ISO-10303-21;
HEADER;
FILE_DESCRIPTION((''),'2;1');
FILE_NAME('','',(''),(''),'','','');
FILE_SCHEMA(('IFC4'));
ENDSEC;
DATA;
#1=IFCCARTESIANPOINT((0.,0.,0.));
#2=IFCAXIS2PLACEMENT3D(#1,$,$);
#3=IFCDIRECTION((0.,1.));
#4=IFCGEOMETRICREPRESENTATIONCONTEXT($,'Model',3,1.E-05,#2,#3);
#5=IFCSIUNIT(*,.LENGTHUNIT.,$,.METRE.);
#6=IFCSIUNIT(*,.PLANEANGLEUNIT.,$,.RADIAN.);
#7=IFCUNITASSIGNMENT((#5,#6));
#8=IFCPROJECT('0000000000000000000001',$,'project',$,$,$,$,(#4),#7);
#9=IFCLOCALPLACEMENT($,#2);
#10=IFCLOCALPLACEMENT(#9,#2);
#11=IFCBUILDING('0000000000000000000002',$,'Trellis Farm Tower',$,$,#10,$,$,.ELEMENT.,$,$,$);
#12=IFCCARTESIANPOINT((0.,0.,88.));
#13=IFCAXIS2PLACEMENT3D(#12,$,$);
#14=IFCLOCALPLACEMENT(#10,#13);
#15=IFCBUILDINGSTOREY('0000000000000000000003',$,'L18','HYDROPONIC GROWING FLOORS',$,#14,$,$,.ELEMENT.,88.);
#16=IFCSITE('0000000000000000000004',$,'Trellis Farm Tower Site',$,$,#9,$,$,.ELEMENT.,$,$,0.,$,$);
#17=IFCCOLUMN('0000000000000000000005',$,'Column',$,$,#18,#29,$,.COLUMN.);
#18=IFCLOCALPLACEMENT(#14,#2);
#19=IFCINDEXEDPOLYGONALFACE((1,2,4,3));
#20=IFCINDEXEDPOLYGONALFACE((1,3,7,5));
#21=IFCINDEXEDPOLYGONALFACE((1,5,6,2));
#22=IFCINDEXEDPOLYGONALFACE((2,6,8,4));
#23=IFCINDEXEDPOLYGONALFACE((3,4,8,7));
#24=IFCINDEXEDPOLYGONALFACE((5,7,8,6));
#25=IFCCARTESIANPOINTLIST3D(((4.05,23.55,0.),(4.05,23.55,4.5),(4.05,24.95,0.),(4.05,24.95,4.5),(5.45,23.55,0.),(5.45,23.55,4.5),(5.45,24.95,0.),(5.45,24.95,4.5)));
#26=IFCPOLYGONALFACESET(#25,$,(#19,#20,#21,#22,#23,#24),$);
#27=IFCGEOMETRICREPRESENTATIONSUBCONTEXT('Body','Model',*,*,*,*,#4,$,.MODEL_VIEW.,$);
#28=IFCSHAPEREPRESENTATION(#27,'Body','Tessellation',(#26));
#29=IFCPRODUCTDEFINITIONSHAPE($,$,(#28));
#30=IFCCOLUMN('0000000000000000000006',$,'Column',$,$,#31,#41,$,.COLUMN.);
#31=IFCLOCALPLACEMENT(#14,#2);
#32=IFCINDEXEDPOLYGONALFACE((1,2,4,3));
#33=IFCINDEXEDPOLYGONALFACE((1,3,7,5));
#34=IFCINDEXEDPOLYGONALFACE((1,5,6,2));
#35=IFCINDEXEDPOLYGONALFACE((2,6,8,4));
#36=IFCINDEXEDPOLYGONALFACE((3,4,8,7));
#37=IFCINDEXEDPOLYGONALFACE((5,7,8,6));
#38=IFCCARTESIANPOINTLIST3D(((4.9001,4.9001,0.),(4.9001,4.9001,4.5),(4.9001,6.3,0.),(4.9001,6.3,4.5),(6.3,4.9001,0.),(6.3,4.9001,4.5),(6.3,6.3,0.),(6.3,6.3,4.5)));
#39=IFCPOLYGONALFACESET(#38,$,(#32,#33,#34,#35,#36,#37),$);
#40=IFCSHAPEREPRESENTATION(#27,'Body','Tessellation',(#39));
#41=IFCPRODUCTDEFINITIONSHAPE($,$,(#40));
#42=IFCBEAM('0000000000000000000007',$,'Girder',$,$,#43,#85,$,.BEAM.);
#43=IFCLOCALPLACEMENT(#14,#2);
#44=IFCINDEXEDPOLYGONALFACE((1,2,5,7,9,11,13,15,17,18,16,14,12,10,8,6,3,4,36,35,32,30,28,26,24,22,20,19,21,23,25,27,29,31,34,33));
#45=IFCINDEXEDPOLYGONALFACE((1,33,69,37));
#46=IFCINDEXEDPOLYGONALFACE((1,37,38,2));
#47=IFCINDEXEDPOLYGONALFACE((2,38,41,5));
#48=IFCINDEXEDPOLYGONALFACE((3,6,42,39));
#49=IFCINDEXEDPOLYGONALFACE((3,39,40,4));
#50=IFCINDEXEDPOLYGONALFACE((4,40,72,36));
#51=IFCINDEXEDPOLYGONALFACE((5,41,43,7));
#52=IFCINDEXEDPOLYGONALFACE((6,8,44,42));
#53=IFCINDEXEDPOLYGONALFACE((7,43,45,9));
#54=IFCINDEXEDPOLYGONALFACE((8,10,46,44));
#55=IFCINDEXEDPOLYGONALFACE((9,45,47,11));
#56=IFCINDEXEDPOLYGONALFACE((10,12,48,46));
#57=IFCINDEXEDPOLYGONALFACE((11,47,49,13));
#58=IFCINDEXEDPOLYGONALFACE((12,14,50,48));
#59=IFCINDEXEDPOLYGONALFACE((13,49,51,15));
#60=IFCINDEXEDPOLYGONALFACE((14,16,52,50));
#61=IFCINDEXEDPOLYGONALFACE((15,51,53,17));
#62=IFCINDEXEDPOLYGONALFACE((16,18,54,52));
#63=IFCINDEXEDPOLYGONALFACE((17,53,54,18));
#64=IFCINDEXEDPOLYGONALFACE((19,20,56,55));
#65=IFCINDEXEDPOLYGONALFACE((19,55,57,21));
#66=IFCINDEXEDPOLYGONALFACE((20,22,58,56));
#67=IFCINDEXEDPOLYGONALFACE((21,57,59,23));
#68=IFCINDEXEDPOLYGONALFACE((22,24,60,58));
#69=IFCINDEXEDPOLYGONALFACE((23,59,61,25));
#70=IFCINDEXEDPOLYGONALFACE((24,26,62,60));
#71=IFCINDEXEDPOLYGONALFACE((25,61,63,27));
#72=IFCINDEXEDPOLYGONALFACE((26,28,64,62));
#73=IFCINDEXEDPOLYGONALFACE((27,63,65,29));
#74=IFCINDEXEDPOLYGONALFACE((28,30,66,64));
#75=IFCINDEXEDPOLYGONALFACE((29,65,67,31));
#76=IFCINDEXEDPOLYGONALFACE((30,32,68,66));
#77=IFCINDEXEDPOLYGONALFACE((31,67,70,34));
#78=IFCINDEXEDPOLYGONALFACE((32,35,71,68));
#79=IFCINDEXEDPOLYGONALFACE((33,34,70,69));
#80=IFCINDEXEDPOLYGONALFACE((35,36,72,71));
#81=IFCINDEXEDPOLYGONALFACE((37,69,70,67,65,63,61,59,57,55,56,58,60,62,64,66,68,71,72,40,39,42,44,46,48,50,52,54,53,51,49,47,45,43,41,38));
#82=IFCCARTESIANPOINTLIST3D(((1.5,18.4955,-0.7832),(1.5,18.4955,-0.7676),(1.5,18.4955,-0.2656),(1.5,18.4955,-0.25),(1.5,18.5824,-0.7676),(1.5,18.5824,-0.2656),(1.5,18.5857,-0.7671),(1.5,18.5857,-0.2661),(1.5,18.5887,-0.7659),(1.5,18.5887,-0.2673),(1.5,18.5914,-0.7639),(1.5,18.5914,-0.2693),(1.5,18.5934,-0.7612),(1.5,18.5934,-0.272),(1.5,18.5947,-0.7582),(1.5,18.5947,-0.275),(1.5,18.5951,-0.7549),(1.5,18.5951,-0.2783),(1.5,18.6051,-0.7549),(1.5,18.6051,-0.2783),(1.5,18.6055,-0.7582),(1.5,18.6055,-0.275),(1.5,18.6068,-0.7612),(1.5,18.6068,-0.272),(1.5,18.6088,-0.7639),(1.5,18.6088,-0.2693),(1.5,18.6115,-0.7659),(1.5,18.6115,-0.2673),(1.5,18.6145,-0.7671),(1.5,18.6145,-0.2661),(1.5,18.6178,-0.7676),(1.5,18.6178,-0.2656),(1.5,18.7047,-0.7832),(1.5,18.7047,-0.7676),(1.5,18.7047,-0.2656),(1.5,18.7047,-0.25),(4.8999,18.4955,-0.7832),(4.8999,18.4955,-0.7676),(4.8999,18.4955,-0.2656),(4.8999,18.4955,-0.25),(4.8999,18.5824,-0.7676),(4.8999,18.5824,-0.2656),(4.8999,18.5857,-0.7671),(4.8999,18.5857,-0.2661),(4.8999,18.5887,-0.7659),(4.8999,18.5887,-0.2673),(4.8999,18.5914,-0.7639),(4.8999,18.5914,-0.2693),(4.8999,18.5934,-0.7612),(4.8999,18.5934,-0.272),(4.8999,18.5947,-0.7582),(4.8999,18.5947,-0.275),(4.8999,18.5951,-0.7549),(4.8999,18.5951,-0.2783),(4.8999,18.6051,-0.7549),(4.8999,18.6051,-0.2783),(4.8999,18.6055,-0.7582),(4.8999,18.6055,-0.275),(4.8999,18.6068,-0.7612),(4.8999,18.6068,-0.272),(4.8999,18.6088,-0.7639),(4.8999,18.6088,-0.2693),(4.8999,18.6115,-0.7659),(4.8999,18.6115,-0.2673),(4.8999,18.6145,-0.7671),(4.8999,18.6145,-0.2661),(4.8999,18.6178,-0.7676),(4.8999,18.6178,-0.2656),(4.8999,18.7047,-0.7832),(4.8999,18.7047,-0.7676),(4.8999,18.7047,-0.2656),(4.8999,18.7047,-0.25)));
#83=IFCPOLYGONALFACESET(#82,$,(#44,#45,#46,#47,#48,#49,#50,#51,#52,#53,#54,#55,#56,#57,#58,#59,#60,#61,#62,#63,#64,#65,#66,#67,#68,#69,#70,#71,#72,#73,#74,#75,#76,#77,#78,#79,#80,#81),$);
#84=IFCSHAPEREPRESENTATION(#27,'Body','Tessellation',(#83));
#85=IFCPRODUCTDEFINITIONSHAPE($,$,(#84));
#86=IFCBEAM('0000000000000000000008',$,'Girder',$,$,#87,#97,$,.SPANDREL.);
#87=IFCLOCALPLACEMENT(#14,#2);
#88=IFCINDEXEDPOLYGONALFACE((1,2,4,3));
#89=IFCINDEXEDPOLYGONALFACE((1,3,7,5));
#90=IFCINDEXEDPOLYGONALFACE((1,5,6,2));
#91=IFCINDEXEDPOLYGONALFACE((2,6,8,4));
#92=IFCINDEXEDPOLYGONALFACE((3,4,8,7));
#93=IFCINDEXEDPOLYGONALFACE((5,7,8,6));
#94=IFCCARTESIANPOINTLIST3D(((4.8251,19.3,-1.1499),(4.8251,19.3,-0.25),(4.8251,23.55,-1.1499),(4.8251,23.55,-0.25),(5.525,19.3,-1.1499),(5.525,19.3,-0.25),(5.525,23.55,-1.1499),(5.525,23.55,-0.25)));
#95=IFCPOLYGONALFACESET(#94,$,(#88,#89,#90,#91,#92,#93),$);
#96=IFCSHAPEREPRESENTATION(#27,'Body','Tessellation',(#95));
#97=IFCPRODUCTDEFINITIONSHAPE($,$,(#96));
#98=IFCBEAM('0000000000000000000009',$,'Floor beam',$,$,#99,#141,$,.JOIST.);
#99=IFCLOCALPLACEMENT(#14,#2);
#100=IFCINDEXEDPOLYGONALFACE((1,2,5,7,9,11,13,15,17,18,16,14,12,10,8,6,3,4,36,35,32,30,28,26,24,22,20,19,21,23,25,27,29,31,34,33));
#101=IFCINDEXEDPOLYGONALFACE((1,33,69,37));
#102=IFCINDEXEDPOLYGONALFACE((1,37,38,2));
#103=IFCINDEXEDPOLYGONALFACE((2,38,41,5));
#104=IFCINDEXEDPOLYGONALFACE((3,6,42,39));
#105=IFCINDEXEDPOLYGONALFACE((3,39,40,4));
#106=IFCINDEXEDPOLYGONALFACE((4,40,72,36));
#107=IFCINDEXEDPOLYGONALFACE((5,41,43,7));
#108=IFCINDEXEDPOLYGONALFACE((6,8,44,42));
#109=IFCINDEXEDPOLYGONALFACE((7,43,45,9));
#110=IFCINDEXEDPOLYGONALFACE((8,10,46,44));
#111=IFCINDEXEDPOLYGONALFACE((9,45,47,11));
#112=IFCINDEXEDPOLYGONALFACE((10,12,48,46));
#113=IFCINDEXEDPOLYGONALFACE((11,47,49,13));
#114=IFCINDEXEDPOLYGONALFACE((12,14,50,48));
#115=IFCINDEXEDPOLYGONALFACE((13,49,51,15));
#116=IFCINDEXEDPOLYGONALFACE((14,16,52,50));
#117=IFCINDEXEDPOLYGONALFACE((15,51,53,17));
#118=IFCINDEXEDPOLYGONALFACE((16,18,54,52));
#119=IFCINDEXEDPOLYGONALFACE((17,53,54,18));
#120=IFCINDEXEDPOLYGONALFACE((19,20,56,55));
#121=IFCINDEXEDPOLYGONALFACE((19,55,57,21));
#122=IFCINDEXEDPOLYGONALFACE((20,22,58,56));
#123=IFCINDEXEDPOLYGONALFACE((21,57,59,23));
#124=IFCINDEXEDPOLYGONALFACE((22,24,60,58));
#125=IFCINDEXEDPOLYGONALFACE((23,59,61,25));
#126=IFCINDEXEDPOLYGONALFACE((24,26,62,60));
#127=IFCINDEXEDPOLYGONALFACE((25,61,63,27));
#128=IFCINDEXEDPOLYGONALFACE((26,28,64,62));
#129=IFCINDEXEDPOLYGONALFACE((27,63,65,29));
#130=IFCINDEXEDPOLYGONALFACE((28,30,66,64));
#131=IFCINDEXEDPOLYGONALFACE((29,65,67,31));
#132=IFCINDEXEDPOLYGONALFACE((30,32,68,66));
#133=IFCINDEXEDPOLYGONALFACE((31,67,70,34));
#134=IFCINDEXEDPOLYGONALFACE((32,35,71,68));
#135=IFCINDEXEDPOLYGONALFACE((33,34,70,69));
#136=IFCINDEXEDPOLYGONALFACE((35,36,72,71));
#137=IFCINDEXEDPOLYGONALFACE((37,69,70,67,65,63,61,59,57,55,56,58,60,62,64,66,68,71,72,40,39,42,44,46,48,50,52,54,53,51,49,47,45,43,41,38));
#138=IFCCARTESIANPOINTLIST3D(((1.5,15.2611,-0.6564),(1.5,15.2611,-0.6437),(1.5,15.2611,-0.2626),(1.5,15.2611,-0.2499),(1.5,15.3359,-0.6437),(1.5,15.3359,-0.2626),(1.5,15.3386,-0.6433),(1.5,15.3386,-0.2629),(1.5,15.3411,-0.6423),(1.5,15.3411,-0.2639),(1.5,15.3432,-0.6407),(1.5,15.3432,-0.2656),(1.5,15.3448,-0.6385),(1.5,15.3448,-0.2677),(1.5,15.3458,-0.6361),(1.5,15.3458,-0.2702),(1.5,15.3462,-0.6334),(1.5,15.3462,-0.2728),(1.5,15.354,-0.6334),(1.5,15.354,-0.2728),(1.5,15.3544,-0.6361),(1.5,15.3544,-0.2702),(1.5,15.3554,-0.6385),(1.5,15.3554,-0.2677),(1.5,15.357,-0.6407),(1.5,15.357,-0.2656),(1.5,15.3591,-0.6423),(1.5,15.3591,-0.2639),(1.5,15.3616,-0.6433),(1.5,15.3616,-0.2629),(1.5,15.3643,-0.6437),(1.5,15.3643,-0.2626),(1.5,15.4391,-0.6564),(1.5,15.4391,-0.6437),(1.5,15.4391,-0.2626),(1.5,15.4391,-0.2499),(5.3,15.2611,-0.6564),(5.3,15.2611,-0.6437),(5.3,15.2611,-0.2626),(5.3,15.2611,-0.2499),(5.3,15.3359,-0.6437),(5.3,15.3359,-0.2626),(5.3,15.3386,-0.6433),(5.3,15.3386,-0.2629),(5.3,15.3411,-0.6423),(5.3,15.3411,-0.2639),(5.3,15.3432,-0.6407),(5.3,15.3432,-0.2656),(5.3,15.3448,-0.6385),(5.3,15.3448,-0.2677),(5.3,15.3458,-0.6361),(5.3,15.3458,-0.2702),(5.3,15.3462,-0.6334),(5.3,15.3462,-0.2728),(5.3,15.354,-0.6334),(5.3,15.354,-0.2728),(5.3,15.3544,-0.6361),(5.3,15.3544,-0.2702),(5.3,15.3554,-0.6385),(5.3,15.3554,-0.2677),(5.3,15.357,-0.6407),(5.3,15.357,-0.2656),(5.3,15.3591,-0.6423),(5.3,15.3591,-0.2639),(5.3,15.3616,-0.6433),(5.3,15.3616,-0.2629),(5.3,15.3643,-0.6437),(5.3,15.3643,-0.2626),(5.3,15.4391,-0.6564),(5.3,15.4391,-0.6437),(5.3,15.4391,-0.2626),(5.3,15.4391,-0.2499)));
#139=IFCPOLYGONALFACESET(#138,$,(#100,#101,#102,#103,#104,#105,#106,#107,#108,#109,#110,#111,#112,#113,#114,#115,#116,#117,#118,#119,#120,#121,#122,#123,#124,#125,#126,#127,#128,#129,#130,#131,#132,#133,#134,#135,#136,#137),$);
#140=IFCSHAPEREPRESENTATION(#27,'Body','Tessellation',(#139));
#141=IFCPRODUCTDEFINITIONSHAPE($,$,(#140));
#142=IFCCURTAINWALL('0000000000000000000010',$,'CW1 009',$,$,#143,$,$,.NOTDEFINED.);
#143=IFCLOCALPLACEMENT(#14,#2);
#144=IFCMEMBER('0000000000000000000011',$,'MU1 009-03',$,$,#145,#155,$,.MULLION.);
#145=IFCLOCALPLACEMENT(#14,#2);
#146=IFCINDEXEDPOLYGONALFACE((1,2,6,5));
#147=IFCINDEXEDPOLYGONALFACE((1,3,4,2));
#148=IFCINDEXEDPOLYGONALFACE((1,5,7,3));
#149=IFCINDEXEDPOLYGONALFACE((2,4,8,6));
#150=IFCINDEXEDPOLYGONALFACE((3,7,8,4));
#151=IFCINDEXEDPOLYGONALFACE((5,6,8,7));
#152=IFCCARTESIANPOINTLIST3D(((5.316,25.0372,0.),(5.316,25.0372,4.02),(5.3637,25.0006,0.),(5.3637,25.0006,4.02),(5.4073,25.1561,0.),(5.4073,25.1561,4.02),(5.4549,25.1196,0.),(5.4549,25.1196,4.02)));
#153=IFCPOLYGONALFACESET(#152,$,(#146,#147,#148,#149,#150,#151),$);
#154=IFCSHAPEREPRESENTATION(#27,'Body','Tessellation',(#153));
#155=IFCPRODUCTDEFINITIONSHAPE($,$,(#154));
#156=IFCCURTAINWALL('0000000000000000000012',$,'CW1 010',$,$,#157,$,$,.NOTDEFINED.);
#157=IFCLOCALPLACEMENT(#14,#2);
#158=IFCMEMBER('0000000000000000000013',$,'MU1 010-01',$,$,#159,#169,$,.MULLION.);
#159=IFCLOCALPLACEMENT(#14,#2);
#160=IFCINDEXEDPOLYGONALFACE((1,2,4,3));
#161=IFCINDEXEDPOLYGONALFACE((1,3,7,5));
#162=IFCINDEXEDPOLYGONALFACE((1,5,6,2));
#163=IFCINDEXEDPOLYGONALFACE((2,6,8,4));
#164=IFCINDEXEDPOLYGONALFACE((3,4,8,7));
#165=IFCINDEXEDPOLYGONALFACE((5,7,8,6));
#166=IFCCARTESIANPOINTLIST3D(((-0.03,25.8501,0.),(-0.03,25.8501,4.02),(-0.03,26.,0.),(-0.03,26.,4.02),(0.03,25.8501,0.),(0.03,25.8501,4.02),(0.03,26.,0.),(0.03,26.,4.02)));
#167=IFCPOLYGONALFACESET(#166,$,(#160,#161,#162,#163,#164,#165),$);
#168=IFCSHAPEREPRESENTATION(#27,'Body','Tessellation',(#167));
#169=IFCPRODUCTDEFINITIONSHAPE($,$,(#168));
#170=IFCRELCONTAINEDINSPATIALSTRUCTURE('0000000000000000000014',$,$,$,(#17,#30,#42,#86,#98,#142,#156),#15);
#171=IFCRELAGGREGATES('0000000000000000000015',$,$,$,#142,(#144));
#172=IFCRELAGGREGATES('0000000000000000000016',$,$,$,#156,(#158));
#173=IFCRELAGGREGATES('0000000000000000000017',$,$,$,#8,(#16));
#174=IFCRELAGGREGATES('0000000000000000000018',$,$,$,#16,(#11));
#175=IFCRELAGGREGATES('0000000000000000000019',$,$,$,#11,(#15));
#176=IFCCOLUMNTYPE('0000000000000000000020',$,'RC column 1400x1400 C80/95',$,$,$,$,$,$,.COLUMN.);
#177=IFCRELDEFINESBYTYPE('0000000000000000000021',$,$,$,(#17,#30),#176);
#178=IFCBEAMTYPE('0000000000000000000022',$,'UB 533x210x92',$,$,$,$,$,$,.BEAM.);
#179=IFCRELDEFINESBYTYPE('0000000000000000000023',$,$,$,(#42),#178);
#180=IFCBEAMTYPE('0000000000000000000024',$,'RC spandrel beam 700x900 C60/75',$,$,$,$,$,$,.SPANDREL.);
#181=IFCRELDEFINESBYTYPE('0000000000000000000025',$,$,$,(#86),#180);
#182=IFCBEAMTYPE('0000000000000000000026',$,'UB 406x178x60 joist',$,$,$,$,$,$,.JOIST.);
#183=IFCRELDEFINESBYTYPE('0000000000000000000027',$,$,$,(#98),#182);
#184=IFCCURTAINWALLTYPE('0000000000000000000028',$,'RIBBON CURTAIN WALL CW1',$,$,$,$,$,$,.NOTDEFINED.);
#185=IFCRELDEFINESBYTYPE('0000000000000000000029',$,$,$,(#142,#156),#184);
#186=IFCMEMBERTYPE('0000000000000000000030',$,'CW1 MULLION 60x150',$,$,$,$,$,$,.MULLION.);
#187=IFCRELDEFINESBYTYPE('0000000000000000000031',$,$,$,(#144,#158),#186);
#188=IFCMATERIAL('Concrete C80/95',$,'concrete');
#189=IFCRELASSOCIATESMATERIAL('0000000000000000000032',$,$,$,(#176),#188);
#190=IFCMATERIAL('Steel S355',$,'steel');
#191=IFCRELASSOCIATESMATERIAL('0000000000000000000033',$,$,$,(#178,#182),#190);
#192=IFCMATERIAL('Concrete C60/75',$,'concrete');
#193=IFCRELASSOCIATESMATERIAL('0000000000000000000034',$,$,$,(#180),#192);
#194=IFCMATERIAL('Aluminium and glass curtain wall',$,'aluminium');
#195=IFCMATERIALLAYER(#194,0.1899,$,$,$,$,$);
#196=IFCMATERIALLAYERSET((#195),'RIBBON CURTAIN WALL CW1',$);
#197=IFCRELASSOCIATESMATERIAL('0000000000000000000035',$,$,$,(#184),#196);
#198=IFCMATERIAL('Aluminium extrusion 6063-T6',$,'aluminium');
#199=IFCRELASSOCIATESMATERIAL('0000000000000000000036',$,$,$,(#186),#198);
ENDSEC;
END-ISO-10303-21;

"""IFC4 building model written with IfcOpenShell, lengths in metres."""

from ifc_helpers import new_model, si_unit, direction, frame, origin, origin_2d, place, context, subcontext, project, spatial, rectangle, i_section, extrude, source, transform, mapped, material, layer, layer_set, material_profile, profile_set, type_object, element, aggregate, save


model = new_model("IFC4")

# Units and contexts
model_context = context("Model", 3, precision=1e-05, world=origin(), true_north=direction((0.0, 1.0)))
body_context = subcontext(model_context, "Body", "Model", "MODEL_VIEW")
ifc_project = project(units=[si_unit("LENGTHUNIT", "METRE"), si_unit("PLANEANGLEUNIT", "RADIAN")], contexts=[model_context])

# Site, building, storey
site_placement = place(None, origin())
site = spatial("IfcSite", under=ifc_project, at=site_placement, Name="Trellis Farm Tower Site", CompositionType="ELEMENT", RefElevation=0.0)
building_placement = place(site_placement, origin())
building = spatial("IfcBuilding", under=site, at=building_placement, Name="Trellis Farm Tower", CompositionType="ELEMENT")
storey_placement = place(building_placement, frame((0.0, 0.0, 88.0)))
storey = spatial("IfcBuildingStorey", under=building, at=storey_placement, Name="L18", Description="HYDROPONIC GROWING FLOORS", CompositionType="ELEMENT", Elevation=88.0)

# Columns
ifc_material_1 = material(Name="Concrete C80/95", Category="concrete")
ifc_material_profile_1 = material_profile(ifc_material_1, rectangle(XDim=1.3999, YDim=1.3999, at=origin_2d()), Name="RC column 1400x1400 C80/95")
ifc_profile_set_1 = profile_set([ifc_material_profile_1], Name="Concrete C80/95")
column_type = type_object("IfcColumnType", Name="RC column 1400x1400 C80/95", PredefinedType="COLUMN", material=ifc_profile_set_1)
shared_shape_1 = source(origin(), body_context, "Body", "SweptSolid", [
    extrude(rectangle(XDim=1.3999, YDim=1.3999, at=origin_2d()), origin(), (0.0, 0.0, 1.0), 4.5),
])
for number, where, z_axis, x_axis, name in (
    (1, (4.75, 24.25, 0.0), (0.0, 0.0, 1.0), (1.0, 0.0, 0.0), "Column"),
    (2, (5.6001, 5.6001, 0.0), (0.0, 0.0, 1.0), (1.0, 0.0, 0.0), "Column"),
):
    element("IfcColumn", number, at=place(storey_placement, frame(where, z_axis=z_axis, x_axis=x_axis)), inside=storey, type_object=column_type, Name=name, PredefinedType="COLUMN", context=body_context, shape_type="MappedRepresentation", body=[
        mapped(shared_shape_1, transform((0.0, 0.0, 0.0))),
    ])

# Beams
ifc_material_2 = material(Name="Steel S355", Category="steel")
ifc_material_profile_2 = material_profile(ifc_material_2, i_section(OverallWidth=0.2092, OverallDepth=0.5332, WebThickness=0.01, FlangeThickness=0.0156, FilletRadius=0.0127, at=origin_2d()), Name="UB 533x210x92")
ifc_profile_set_2 = profile_set([ifc_material_profile_2], Name="Steel S355")
beam_type_1 = type_object("IfcBeamType", Name="UB 533x210x92", PredefinedType="BEAM", material=ifc_profile_set_2)
shared_shape_2 = source(origin(), body_context, "Body", "SweptSolid", [
    extrude(i_section(OverallWidth=0.2092, OverallDepth=0.5332, WebThickness=0.01, FlangeThickness=0.0156, FilletRadius=0.0127, at=origin_2d()), origin(), (0.0, 0.0, 1.0), 3.3999),
])
beam_1_placement = place(storey_placement, frame((1.5, 18.6001, -0.5166), z_axis=(1.0, 0.0, 0.0), x_axis=(0.0, 1.0, 0.0)))
element("IfcBeam", 3, at=beam_1_placement, inside=storey, type_object=beam_type_1, Name="Girder", PredefinedType="BEAM", context=body_context, shape_type="MappedRepresentation", body=[
    mapped(shared_shape_2, transform((0.0, 0.0, 0.0))),
])
ifc_material_3 = material(Name="Concrete C60/75", Category="concrete")
ifc_material_profile_3 = material_profile(ifc_material_3, rectangle(XDim=0.7, YDim=0.8999, at=origin_2d()), Name="RC spandrel beam 700x900 C60/75")
ifc_profile_set_3 = profile_set([ifc_material_profile_3], Name="Concrete C60/75")
beam_type_2 = type_object("IfcBeamType", Name="RC spandrel beam 700x900 C60/75", PredefinedType="SPANDREL", material=ifc_profile_set_3)
shared_shape_3 = source(origin(), body_context, "Body", "SweptSolid", [
    extrude(rectangle(XDim=0.7, YDim=0.8999, at=origin_2d()), origin(), (0.0, 0.0, 1.0), 4.25),
])
beam_2_placement = place(storey_placement, frame((5.175, 19.3, -0.7), z_axis=(0.0, 1.0, 0.0), x_axis=(-1.0, 0.0, 0.0)))
element("IfcBeam", 4, at=beam_2_placement, inside=storey, type_object=beam_type_2, Name="Girder", PredefinedType="SPANDREL", context=body_context, shape_type="MappedRepresentation", body=[
    mapped(shared_shape_3, transform((0.0, 0.0, 0.0))),
])
ifc_material_profile_4 = material_profile(ifc_material_2, i_section(OverallWidth=0.178, OverallDepth=0.4065, WebThickness=0.0078, FlangeThickness=0.0127, FilletRadius=0.0103, at=origin_2d()), Name="UB 406x178x60")
ifc_profile_set_4 = profile_set([ifc_material_profile_4], Name="Steel S355")
beam_type_3 = type_object("IfcBeamType", Name="UB 406x178x60 joist", PredefinedType="JOIST", material=ifc_profile_set_4)
shared_shape_4 = source(origin(), body_context, "Body", "SweptSolid", [
    extrude(i_section(OverallWidth=0.178, OverallDepth=0.4065, WebThickness=0.0078, FlangeThickness=0.0127, FilletRadius=0.0103, at=origin_2d()), origin(), (0.0, 0.0, 1.0), 3.8),
])
beam_3_placement = place(storey_placement, frame((1.5, 15.3501, -0.4531), z_axis=(1.0, 0.0, 0.0), x_axis=(0.0, 1.0, 0.0)))
element("IfcBeam", 5, at=beam_3_placement, inside=storey, type_object=beam_type_3, Name="Floor beam", PredefinedType="JOIST", context=body_context, shape_type="MappedRepresentation", body=[
    mapped(shared_shape_4, transform((0.0, 0.0, 0.0))),
])

# Curtain walls, members
ifc_material_4 = material(Name="Aluminium and glass curtain wall", Category="aluminium")
ifc_layer_1 = layer(ifc_material_4, 0.1899)
ifc_layer_set_1 = layer_set([ifc_layer_1], Name="RIBBON CURTAIN WALL CW1")
curtain_wall_type = type_object("IfcCurtainWallType", Name="RIBBON CURTAIN WALL CW1", PredefinedType="NOTDEFINED", material=ifc_layer_set_1)
placement = place(storey_placement, origin())
curtain_wall_1 = element("IfcCurtainWall", 6, at=placement, inside=storey, type_object=curtain_wall_type, Name="CW1 009", PredefinedType="NOTDEFINED")
ifc_material_5 = material(Name="Aluminium extrusion 6063-T6", Category="aluminium")
ifc_material_profile_5 = material_profile(ifc_material_5, rectangle(XDim=0.0601, YDim=0.1499, at=origin_2d()), Name="MULLION 60x150")
ifc_profile_set_5 = profile_set([ifc_material_profile_5], Name="Aluminium extrusion 6063-T6")
member_type = type_object("IfcMemberType", Name="CW1 MULLION 60x150", PredefinedType="MULLION", material=ifc_profile_set_5)
shared_shape_5 = source(origin(), body_context, "Body", "SweptSolid", [
    extrude(rectangle(XDim=0.0601, YDim=0.1499, at=origin_2d()), origin(), (0.0, 0.0, 1.0), 4.02),
])
member_1_placement = place(storey_placement, frame((5.3855, 25.0784, 0.0), z_axis=(0.0, 0.0, 1.0), x_axis=(-0.793353, 0.608761, 0.0)))
member_1 = element("IfcMember", 7, at=member_1_placement, type_object=member_type, Name="MU1 009-03", PredefinedType="MULLION", context=body_context, shape_type="MappedRepresentation", body=[
    mapped(shared_shape_5, transform((0.0, 0.0, 0.0))),
])
aggregate(curtain_wall_1, [member_1])
curtain_wall_2 = element("IfcCurtainWall", 8, at=placement, inside=storey, type_object=curtain_wall_type, Name="CW1 010", PredefinedType="NOTDEFINED")
member_2_placement = place(storey_placement, frame((0.0, 25.925, 0.0), z_axis=(0.0, 0.0, 1.0), x_axis=(-1.0, 0.0, 0.0)))
member_2 = element("IfcMember", 9, at=member_2_placement, type_object=member_type, Name="MU1 010-01", PredefinedType="MULLION", context=body_context, shape_type="MappedRepresentation", body=[
    mapped(shared_shape_5, transform((0.0, 0.0, 0.0))),
])
aggregate(curtain_wall_2, [member_2])

save(model, "model.ifc")
